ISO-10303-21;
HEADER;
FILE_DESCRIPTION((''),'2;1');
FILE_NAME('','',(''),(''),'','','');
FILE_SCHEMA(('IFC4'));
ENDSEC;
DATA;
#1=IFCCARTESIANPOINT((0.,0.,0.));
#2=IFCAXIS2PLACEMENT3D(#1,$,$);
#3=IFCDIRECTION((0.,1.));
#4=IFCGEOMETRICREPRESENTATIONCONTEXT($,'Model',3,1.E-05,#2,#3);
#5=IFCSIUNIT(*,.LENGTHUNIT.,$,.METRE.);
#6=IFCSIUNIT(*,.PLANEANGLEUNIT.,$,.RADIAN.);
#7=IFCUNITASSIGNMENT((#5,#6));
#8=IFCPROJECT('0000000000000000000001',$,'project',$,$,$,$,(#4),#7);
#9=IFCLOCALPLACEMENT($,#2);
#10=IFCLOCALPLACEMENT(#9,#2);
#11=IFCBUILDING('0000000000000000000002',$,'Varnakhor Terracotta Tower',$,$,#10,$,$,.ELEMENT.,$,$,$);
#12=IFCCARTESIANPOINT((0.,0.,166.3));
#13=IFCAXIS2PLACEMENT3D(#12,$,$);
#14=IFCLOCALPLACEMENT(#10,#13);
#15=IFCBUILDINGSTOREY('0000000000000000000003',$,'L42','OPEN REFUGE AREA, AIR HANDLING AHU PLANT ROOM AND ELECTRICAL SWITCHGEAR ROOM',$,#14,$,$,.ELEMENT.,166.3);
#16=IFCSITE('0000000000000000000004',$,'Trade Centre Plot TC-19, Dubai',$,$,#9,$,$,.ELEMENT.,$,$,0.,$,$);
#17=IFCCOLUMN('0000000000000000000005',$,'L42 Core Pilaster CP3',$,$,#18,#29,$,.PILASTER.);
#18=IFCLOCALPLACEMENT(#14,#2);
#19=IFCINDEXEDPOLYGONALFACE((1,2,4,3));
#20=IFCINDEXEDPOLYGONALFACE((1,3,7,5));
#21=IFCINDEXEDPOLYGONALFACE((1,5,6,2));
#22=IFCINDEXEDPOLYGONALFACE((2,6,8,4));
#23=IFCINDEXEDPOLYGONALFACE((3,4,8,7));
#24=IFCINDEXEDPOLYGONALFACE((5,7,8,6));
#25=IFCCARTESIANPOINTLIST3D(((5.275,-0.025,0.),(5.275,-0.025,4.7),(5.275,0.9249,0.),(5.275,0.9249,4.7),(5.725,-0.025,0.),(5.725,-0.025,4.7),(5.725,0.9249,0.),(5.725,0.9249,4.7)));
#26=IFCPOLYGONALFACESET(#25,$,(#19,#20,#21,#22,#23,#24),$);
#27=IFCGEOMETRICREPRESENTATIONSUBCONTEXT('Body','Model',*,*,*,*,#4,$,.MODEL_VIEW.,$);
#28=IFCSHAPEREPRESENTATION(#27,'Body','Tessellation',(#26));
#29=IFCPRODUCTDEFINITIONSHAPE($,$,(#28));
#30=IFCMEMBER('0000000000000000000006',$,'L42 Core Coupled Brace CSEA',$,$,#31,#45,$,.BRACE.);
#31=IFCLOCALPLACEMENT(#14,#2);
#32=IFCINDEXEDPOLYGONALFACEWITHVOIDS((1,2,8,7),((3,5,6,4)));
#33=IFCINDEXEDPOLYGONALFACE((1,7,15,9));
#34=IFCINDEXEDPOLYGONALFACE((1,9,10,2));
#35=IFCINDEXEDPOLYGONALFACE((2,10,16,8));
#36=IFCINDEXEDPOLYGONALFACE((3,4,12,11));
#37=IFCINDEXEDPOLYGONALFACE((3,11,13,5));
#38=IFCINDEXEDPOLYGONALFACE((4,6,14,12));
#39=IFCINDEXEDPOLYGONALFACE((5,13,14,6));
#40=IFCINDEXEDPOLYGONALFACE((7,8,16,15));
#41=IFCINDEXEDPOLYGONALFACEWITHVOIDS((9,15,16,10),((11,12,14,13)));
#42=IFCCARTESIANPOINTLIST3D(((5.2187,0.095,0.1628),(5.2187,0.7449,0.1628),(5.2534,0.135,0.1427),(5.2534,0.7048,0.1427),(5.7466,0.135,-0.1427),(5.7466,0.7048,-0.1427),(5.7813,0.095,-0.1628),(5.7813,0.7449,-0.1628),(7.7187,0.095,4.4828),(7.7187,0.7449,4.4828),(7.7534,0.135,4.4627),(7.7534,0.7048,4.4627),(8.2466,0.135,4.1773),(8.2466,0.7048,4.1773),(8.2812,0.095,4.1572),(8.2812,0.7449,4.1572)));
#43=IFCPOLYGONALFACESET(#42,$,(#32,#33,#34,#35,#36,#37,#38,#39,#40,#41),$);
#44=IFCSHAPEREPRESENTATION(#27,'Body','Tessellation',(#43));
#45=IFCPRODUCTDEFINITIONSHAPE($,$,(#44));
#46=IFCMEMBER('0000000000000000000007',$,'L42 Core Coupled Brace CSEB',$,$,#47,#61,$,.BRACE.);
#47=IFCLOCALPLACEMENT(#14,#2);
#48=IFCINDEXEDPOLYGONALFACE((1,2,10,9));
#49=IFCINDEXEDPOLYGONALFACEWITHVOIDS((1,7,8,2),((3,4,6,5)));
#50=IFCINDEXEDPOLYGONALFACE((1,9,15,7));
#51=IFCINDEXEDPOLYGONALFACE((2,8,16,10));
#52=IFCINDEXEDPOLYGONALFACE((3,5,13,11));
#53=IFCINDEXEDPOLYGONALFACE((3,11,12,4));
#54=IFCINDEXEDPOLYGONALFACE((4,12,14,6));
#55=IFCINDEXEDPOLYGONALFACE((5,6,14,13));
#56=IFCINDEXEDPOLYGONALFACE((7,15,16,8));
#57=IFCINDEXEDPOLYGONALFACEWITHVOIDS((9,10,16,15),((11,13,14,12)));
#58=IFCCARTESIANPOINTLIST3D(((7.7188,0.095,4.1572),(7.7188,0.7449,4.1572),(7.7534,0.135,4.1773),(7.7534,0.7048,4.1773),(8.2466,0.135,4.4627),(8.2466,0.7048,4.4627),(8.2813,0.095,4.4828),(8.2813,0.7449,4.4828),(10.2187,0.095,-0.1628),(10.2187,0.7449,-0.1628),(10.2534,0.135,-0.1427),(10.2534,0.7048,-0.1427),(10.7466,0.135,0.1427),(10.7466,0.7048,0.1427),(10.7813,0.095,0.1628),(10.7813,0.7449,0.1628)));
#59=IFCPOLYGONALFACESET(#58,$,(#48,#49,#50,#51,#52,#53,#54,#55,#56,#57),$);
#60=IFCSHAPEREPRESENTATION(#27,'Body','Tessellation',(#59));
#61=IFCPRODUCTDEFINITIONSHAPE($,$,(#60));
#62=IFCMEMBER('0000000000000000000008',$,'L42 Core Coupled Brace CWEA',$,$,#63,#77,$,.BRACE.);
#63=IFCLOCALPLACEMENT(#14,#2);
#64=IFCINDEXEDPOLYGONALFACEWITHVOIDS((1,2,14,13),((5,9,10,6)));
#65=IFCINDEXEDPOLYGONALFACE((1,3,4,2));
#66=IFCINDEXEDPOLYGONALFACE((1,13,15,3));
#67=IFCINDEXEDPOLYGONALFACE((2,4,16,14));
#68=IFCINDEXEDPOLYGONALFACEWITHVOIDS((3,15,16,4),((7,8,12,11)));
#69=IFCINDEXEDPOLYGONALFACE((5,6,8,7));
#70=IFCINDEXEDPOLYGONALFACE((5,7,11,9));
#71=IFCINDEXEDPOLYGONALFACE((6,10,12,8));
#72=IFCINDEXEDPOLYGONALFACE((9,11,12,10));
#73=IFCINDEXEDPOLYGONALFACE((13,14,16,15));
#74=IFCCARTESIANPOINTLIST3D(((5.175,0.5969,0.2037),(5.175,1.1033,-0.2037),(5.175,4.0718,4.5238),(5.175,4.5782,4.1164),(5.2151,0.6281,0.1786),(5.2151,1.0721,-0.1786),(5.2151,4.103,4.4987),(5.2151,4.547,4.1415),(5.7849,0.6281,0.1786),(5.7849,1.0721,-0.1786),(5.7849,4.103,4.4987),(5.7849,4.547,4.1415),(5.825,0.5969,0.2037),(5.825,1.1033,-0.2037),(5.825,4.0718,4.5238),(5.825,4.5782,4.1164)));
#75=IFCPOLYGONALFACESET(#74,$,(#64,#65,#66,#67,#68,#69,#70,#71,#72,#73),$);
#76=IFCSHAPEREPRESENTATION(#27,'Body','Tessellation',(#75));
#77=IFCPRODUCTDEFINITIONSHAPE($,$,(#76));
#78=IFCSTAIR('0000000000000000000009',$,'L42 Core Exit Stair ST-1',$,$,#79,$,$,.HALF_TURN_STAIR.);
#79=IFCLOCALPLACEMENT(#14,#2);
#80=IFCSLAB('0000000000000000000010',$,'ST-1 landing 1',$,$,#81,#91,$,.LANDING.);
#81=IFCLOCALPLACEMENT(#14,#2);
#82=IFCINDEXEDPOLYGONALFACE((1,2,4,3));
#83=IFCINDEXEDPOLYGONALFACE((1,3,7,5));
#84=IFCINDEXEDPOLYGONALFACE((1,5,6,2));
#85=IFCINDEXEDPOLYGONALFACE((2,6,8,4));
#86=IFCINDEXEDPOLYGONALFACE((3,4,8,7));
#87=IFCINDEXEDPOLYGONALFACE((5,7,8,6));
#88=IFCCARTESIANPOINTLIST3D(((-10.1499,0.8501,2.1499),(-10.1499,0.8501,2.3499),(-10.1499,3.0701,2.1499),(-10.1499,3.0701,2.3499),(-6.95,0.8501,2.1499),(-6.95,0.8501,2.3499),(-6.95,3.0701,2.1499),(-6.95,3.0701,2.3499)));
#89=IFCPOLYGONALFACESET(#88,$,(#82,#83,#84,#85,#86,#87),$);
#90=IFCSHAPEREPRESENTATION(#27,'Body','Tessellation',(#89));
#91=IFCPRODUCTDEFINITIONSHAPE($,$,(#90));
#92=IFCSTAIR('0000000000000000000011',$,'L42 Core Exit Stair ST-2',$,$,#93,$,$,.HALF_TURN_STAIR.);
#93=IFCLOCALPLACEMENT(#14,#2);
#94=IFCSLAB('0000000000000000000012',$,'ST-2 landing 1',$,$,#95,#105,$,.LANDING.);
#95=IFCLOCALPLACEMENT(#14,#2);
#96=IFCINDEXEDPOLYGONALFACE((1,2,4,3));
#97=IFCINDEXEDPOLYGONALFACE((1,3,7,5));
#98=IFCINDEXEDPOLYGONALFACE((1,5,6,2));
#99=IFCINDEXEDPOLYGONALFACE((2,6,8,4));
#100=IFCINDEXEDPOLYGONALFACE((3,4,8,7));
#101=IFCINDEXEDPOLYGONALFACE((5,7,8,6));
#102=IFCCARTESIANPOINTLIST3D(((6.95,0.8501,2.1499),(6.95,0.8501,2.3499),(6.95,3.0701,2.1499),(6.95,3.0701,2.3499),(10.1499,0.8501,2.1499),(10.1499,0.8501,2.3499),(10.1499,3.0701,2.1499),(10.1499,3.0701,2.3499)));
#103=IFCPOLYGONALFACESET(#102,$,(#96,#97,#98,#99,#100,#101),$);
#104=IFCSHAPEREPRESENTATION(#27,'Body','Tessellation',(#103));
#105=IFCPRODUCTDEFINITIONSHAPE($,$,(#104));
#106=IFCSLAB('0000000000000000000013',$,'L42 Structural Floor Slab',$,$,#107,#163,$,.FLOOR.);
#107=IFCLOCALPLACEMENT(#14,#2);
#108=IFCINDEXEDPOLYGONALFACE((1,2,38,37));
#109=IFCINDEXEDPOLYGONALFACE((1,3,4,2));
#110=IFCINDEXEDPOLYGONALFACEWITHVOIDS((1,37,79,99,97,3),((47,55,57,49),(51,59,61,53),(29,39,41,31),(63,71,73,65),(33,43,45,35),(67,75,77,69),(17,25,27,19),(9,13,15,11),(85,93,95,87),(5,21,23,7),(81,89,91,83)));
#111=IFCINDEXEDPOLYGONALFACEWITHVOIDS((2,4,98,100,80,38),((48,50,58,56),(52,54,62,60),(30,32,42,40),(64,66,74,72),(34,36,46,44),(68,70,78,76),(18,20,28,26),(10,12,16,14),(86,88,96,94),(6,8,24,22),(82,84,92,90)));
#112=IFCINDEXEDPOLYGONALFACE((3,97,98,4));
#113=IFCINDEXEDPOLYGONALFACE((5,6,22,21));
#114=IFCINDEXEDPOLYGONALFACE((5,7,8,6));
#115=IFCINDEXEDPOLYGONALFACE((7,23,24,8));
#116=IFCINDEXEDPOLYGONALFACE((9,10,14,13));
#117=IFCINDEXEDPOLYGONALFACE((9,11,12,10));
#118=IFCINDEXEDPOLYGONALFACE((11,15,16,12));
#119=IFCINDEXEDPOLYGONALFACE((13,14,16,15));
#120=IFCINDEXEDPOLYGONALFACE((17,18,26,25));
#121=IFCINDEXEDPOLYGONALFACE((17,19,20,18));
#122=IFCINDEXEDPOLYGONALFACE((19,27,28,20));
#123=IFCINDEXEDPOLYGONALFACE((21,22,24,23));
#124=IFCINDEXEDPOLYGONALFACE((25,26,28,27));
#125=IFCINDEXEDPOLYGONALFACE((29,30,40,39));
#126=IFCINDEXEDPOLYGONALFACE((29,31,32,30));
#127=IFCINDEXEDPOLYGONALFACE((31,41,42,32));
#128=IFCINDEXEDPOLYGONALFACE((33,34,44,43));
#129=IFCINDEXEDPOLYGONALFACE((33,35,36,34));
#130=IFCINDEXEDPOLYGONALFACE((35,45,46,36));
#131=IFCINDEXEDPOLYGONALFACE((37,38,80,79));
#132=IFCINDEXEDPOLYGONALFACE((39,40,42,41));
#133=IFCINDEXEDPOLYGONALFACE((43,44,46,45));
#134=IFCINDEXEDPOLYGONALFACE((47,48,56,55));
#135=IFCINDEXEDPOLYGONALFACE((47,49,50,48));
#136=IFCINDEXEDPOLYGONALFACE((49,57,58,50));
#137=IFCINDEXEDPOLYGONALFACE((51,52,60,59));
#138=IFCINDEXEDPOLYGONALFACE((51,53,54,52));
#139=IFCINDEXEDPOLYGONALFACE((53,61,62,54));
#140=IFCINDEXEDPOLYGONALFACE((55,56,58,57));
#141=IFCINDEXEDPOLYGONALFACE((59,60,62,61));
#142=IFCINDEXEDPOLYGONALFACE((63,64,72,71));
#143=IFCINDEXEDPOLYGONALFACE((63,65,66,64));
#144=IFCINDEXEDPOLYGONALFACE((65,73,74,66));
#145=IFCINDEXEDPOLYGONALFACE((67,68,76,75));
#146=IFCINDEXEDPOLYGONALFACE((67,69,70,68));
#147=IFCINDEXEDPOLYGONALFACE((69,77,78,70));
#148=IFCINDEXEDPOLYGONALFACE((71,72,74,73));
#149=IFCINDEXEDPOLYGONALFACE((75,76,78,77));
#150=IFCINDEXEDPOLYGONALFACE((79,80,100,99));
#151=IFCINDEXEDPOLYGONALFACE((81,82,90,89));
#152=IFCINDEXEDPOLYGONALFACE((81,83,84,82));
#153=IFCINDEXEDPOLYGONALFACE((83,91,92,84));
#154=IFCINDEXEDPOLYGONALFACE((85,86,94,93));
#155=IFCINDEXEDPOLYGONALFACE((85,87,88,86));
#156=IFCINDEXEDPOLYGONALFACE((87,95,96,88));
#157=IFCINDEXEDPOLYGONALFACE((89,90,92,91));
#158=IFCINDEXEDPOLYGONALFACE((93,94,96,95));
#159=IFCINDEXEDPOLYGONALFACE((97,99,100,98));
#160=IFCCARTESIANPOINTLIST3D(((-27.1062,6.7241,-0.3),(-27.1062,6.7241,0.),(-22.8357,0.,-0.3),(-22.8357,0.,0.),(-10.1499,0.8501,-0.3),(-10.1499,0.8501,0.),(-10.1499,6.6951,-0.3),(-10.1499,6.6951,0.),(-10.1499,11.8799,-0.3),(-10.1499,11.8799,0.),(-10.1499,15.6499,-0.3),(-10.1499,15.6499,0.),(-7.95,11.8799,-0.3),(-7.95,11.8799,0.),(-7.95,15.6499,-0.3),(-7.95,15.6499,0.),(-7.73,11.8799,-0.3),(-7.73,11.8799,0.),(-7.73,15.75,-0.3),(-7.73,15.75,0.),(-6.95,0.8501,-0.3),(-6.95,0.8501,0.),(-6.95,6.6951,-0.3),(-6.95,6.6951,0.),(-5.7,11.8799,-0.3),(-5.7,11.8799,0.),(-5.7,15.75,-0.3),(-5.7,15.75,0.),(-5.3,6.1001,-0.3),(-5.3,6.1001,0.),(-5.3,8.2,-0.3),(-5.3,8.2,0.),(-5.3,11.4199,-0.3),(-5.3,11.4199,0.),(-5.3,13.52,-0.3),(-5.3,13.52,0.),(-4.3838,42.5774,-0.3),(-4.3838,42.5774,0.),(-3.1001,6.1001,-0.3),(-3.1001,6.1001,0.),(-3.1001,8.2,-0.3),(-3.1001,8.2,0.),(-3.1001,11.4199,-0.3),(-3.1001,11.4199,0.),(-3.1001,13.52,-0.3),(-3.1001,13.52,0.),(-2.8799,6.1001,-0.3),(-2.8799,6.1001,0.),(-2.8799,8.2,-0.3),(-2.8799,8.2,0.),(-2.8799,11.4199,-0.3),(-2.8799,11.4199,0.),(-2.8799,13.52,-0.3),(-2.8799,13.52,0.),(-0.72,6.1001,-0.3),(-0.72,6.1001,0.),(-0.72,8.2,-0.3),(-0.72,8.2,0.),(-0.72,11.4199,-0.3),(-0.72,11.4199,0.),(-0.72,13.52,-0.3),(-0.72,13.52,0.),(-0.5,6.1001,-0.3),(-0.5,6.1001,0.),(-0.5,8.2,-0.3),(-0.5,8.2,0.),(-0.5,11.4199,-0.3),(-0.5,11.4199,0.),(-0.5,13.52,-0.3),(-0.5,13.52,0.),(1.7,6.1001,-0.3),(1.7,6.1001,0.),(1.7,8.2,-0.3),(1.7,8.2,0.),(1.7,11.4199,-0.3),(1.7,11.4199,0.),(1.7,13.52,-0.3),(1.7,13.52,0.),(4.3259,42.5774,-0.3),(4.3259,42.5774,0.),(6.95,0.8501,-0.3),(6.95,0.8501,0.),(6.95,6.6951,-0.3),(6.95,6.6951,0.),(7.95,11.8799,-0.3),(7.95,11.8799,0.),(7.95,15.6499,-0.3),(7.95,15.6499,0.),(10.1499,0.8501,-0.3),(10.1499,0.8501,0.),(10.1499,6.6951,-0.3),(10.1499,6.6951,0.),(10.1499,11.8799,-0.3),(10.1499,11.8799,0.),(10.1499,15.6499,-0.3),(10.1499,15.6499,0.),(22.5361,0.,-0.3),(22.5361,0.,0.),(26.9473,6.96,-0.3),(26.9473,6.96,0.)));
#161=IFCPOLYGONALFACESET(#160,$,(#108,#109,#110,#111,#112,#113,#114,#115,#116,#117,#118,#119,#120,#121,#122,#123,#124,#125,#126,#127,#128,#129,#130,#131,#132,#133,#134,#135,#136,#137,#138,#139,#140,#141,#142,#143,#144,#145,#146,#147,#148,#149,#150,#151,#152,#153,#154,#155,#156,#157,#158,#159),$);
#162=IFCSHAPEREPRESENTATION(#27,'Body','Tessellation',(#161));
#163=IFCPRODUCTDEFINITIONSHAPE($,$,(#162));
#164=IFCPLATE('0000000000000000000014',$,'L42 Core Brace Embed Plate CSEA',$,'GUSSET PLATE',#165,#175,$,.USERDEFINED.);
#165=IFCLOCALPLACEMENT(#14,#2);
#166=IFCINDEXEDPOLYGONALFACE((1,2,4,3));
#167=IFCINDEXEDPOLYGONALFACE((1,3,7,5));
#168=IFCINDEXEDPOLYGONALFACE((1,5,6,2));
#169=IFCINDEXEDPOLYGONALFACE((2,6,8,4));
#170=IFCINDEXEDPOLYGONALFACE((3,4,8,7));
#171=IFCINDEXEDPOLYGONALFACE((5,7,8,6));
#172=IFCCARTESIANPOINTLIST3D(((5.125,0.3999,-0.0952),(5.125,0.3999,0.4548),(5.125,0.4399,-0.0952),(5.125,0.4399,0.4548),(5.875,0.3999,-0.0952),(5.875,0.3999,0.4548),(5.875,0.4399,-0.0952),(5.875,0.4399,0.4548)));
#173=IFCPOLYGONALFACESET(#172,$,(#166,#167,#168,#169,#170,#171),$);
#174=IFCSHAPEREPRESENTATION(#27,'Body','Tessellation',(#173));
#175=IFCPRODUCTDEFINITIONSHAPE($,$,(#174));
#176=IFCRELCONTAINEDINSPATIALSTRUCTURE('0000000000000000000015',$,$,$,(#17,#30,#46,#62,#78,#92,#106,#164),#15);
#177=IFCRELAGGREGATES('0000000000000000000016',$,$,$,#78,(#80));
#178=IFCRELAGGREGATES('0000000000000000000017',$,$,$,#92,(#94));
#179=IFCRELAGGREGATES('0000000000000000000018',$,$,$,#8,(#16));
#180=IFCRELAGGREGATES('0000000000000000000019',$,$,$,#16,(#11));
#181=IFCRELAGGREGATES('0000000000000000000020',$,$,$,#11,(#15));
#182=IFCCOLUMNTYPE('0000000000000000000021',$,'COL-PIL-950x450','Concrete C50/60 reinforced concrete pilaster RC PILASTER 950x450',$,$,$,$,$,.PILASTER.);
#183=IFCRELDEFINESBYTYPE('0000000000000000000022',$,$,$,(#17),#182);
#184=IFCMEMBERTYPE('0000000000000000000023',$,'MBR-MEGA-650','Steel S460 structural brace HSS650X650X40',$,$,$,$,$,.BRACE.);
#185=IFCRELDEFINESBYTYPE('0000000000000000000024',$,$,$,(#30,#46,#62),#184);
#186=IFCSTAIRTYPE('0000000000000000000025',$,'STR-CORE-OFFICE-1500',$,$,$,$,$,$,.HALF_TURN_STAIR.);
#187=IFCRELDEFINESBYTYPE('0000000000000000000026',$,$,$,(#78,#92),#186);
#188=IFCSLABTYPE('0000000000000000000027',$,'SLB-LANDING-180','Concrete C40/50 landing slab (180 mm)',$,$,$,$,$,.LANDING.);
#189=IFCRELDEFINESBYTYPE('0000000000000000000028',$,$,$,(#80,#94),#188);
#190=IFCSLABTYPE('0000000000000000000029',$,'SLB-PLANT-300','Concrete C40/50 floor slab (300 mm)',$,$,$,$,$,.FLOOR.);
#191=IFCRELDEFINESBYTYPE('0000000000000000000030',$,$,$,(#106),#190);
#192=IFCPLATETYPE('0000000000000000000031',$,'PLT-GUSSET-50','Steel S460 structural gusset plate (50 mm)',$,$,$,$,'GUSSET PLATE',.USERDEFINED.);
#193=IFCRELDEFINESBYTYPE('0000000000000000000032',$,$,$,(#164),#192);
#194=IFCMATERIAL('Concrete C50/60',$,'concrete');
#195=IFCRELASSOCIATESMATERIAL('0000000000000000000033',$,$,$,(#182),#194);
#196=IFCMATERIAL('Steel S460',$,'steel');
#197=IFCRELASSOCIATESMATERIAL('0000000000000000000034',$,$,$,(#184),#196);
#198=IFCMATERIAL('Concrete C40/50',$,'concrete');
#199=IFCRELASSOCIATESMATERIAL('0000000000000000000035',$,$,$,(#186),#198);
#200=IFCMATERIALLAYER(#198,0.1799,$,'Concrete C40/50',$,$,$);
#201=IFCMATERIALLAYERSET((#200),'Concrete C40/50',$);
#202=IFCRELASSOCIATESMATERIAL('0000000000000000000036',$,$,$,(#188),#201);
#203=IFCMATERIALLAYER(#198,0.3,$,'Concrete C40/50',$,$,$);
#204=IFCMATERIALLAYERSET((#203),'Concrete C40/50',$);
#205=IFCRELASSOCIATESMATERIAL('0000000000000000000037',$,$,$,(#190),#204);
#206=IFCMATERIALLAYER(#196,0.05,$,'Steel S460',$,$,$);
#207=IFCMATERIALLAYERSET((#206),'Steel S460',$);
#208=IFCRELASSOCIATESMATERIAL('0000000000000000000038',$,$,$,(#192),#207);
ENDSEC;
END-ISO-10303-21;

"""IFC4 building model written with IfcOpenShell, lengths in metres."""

from ifc_helpers import new_model, si_unit, direction, frame, origin, origin_2d, place, context, subcontext, project, spatial, polyline, rectangle, hollow_rectangle, outline, extrude, source, transform, mapped, material, layer, layer_set, material_profile, profile_set, type_object, type_shapes, element, aggregate, save


model = new_model("IFC4")

# Units and contexts
model_context = context("Model", 3, precision=1e-05, world=origin(), true_north=direction((0.0, 1.0)))
body_context = subcontext(model_context, "Body", "Model", "MODEL_VIEW")
ifc_project = project(units=[si_unit("LENGTHUNIT", "METRE"), si_unit("PLANEANGLEUNIT", "RADIAN")], contexts=[model_context])

# Site, building, storey
site_placement = place(None, origin())
site = spatial("IfcSite", under=ifc_project, at=site_placement, Name="Trade Centre Plot TC-19, Dubai", CompositionType="ELEMENT", RefElevation=0.0)
building_placement = place(site_placement, origin())
building = spatial("IfcBuilding", under=site, at=building_placement, Name="Varnakhor Terracotta Tower", CompositionType="ELEMENT")
storey_placement = place(building_placement, frame((0.0, 0.0, 166.3)))
storey = spatial("IfcBuildingStorey", under=building, at=storey_placement, Name="L42", Description="OPEN REFUGE AREA, AIR HANDLING AHU PLANT ROOM AND ELECTRICAL SWITCHGEAR ROOM", CompositionType="ELEMENT", Elevation=166.3)

# Column
ifc_material_1 = material(Name="Concrete C50/60", Category="concrete")
ifc_material_profile_1 = material_profile(ifc_material_1, rectangle(XDim=0.45, YDim=0.95, at=origin_2d()), Name="RC PILASTER 950x450")
ifc_profile_set_1 = profile_set([ifc_material_profile_1], Name="Concrete C50/60")
column_type = type_object("IfcColumnType", Name="COL-PIL-950x450", Description="Concrete C50/60 reinforced concrete pilaster RC PILASTER 950x450", PredefinedType="PILASTER", material=ifc_profile_set_1)
shared_shape_1 = source(origin(), body_context, "Body", "SweptSolid", [
    extrude(rectangle(XDim=0.45, YDim=0.95, at=origin_2d()), origin(), (0.0, 0.0, 1.0), 4.7),
])
column_placement = place(storey_placement, frame((5.5, 0.45, 0.0), z_axis=(0.0, 0.0, 1.0), x_axis=(1.0, 0.0, 0.0)))
element("IfcColumn", 1, at=column_placement, inside=storey, type_object=column_type, Name="L42 Core Pilaster CP3", PredefinedType="PILASTER", context=body_context, shape_type="MappedRepresentation", body=[
    mapped(shared_shape_1, transform((0.0, 0.0, 0.0), scale=1.0)),
])

# Members
ifc_material_2 = material(Name="Steel S460", Category="steel")
ifc_material_profile_2 = material_profile(ifc_material_2, hollow_rectangle(XDim=0.6499, YDim=0.6499, WallThickness=0.04, at=origin_2d()), Name="HSS650X650X40")
ifc_profile_set_2 = profile_set([ifc_material_profile_2], Name="Steel S460")
member_type = type_object("IfcMemberType", Name="MBR-MEGA-650", Description="Steel S460 structural brace HSS650X650X40", PredefinedType="BRACE", material=ifc_profile_set_2)
shared_shape_2 = source(origin(), body_context, "Body", "SweptSolid", [
    extrude(hollow_rectangle(XDim=0.6499, YDim=0.6499, WallThickness=0.04, at=origin_2d()), origin(), (0.0, 0.0, 1.0), 4.9912),
])
for number, where, z_axis, x_axis, name in (
    (2, (5.5, 0.4199, 0.0), (0.500872, 0.0, 0.865521), (0.0, 1.0, 0.0), "L42 Core Coupled Brace CSEA"),
    (3, (10.5, 0.4199, 0.0), (-0.500872, 0.0, 0.865521), (0.0, -1.0, 0.0), "L42 Core Coupled Brace CSEB"),
):
    element("IfcMember", number, at=place(storey_placement, frame(where, z_axis=z_axis, x_axis=x_axis)), inside=storey, type_object=member_type, Name=name, PredefinedType="BRACE", context=body_context, shape_type="MappedRepresentation", body=[
        mapped(shared_shape_2, transform((0.0, 0.0, 0.0), scale=1.0)),
    ])
shared_shape_3 = source(origin(), body_context, "Body", "SweptSolid", [
    extrude(hollow_rectangle(XDim=0.6499, YDim=0.6499, WallThickness=0.04, at=origin_2d()), origin(), (0.0, 0.0, 1.0), 5.5442),
])
member_placement = place(storey_placement, frame((5.5, 0.8501, 0.0), z_axis=(0.0, 0.62676, 0.779212), x_axis=(-1.0, 0.0, 0.0)))
element("IfcMember", 4, at=member_placement, inside=storey, type_object=member_type, Name="L42 Core Coupled Brace CWEA", PredefinedType="BRACE", context=body_context, shape_type="MappedRepresentation", body=[
    mapped(shared_shape_3, transform((0.0, 0.0, 0.0), scale=1.0)),
])

# Stairs, slabs
ifc_material_3 = material(Name="Concrete C40/50", Category="concrete")
stair_type = type_object("IfcStairType", Name="STR-CORE-OFFICE-1500", PredefinedType="HALF_TURN_STAIR", material=ifc_material_3)
stair_1_placement = place(storey_placement, origin())
stair_1 = element("IfcStair", 5, at=stair_1_placement, inside=storey, type_object=stair_type, Name="L42 Core Exit Stair ST-1", PredefinedType="HALF_TURN_STAIR")
ifc_layer_1 = layer(ifc_material_3, 0.1799, Name="Concrete C40/50")
ifc_layer_set_1 = layer_set([ifc_layer_1], Name="Concrete C40/50")
slab_type_1 = type_object("IfcSlabType", Name="SLB-LANDING-180", Description="Concrete C40/50 landing slab (180 mm)", PredefinedType="LANDING", material=ifc_layer_set_1)
slab_1_placement = place(storey_placement, frame((0.0, 0.0, 2.1499)))
slab_1 = element("IfcSlab", 6, at=slab_1_placement, type_object=slab_type_1, Name="ST-1 landing 1", PredefinedType="LANDING", context=body_context, shape_type="SweptSolid", body=[
    extrude(outline(polyline([(-10.1499, 3.0701), (-10.1499, 0.8501), (-6.95, 0.8501), (-6.95, 3.0701), (-10.1499, 3.0701)])), origin(), (0.0, 0.0, 1.0), 0.2),
])
aggregate(stair_1, [slab_1])
stair_2_placement = place(storey_placement, origin())
stair_2 = element("IfcStair", 7, at=stair_2_placement, inside=storey, type_object=stair_type, Name="L42 Core Exit Stair ST-2", PredefinedType="HALF_TURN_STAIR")
slab_2_placement = place(storey_placement, frame((0.0, 0.0, 2.1499)))
slab_2 = element("IfcSlab", 8, at=slab_2_placement, type_object=slab_type_1, Name="ST-2 landing 1", PredefinedType="LANDING", context=body_context, shape_type="SweptSolid", body=[
    extrude(outline(polyline([(6.95, 3.0701), (6.95, 0.8501), (10.1499, 0.8501), (10.1499, 3.0701), (6.95, 3.0701)])), origin(), (0.0, 0.0, 1.0), 0.2),
])

# Slab
ifc_layer_2 = layer(ifc_material_3, 0.3, Name="Concrete C40/50")
ifc_layer_set_2 = layer_set([ifc_layer_2], Name="Concrete C40/50")
slab_type_2 = type_object("IfcSlabType", Name="SLB-PLANT-300", Description="Concrete C40/50 floor slab (300 mm)", PredefinedType="FLOOR", material=ifc_layer_set_2)
slab_3_placement = place(storey_placement, frame((0.0, 0.0, -0.3)))
element("IfcSlab", 9, at=slab_3_placement, inside=storey, type_object=slab_type_2, Name="L42 Structural Floor Slab", PredefinedType="FLOOR", context=body_context, shape_type="SweptSolid", body=[
    extrude(outline(polyline([(-27.1062, 6.7241), (-4.3838, 42.5774), (4.3259, 42.5774), (26.9473, 6.96), (22.5361, 0.0), (-22.8357, 0.0), (-27.1062, 6.7241)]), holes=[polyline([(-6.95, 0.8501), (-6.95, 6.6951), (-10.1499, 6.6951), (-10.1499, 0.8501), (-6.95, 0.8501)]), polyline([(-3.1001, 6.1001), (-3.1001, 8.2), (-5.3, 8.2), (-5.3, 6.1001), (-3.1001, 6.1001)]), polyline([(-0.72, 6.1001), (-0.72, 8.2), (-2.8799, 8.2), (-2.8799, 6.1001), (-0.72, 6.1001)]), polyline([(-5.3, 11.4199), (-3.1001, 11.4199), (-3.1001, 13.52), (-5.3, 13.52), (-5.3, 11.4199)]), polyline([(-10.1499, 11.8799), (-7.95, 11.8799), (-7.95, 15.6499), (-10.1499, 15.6499), (-10.1499, 11.8799)]), polyline([(-5.7, 11.8799), (-5.7, 15.75), (-7.73, 15.75), (-7.73, 11.8799), (-5.7, 11.8799)]), polyline([(6.95, 0.8501), (10.1499, 0.8501), (10.1499, 6.6951), (6.95, 6.6951), (6.95, 0.8501)]), polyline([(-0.5, 6.1001), (1.7, 6.1001), (1.7, 8.2), (-0.5, 8.2), (-0.5, 6.1001)]), polyline([(-0.72, 11.4199), (-0.72, 13.52), (-2.8799, 13.52), (-2.8799, 11.4199), (-0.72, 11.4199)]), polyline([(-0.5, 11.4199), (1.7, 11.4199), (1.7, 13.52), (-0.5, 13.52), (-0.5, 11.4199)]), polyline([(7.95, 11.8799), (10.1499, 11.8799), (10.1499, 15.6499), (7.95, 15.6499), (7.95, 11.8799)])]), origin(), (0.0, 0.0, 1.0), 0.3),
])

# Plate
ifc_layer_3 = layer(ifc_material_2, 0.05, Name="Steel S460")
ifc_layer_set_3 = layer_set([ifc_layer_3], Name="Steel S460")
plate_type_1 = type_object("IfcPlateType", Name="PLT-GUSSET-50", Description="Steel S460 structural gusset plate (50 mm)", ElementType="GUSSET PLATE", PredefinedType="USERDEFINED", material=ifc_layer_set_3)
shared_shape_4 = source(origin(), body_context, "Body", "SweptSolid", [
    extrude(rectangle(XDim=0.75, YDim=0.04, at=origin_2d()), origin(), (0.0, 0.0, 1.0), 0.55),
])
type_shapes(plate_type_1, [shared_shape_4])
for number, where, z_axis, x_axis, name in (
    (10, (5.5, 0.4199, -0.0952), (0.0, 0.0, 1.0), (1.0, 0.0, 0.0), "L42 Core Brace Embed Plate CSEA"),
):
    element("IfcPlate", number, at=place(storey_placement, frame(where, z_axis=z_axis, x_axis=x_axis)), inside=storey, type_object=plate_type_1, Name=name, ObjectType="GUSSET PLATE", PredefinedType="USERDEFINED", context=body_context, shape_type="MappedRepresentation", body=[
        mapped(shared_shape_4, transform((0.0, 0.0, 0.0), scale=1.0)),
    ])

aggregate(stair_2, [slab_2])

save(model, "model.ifc")
